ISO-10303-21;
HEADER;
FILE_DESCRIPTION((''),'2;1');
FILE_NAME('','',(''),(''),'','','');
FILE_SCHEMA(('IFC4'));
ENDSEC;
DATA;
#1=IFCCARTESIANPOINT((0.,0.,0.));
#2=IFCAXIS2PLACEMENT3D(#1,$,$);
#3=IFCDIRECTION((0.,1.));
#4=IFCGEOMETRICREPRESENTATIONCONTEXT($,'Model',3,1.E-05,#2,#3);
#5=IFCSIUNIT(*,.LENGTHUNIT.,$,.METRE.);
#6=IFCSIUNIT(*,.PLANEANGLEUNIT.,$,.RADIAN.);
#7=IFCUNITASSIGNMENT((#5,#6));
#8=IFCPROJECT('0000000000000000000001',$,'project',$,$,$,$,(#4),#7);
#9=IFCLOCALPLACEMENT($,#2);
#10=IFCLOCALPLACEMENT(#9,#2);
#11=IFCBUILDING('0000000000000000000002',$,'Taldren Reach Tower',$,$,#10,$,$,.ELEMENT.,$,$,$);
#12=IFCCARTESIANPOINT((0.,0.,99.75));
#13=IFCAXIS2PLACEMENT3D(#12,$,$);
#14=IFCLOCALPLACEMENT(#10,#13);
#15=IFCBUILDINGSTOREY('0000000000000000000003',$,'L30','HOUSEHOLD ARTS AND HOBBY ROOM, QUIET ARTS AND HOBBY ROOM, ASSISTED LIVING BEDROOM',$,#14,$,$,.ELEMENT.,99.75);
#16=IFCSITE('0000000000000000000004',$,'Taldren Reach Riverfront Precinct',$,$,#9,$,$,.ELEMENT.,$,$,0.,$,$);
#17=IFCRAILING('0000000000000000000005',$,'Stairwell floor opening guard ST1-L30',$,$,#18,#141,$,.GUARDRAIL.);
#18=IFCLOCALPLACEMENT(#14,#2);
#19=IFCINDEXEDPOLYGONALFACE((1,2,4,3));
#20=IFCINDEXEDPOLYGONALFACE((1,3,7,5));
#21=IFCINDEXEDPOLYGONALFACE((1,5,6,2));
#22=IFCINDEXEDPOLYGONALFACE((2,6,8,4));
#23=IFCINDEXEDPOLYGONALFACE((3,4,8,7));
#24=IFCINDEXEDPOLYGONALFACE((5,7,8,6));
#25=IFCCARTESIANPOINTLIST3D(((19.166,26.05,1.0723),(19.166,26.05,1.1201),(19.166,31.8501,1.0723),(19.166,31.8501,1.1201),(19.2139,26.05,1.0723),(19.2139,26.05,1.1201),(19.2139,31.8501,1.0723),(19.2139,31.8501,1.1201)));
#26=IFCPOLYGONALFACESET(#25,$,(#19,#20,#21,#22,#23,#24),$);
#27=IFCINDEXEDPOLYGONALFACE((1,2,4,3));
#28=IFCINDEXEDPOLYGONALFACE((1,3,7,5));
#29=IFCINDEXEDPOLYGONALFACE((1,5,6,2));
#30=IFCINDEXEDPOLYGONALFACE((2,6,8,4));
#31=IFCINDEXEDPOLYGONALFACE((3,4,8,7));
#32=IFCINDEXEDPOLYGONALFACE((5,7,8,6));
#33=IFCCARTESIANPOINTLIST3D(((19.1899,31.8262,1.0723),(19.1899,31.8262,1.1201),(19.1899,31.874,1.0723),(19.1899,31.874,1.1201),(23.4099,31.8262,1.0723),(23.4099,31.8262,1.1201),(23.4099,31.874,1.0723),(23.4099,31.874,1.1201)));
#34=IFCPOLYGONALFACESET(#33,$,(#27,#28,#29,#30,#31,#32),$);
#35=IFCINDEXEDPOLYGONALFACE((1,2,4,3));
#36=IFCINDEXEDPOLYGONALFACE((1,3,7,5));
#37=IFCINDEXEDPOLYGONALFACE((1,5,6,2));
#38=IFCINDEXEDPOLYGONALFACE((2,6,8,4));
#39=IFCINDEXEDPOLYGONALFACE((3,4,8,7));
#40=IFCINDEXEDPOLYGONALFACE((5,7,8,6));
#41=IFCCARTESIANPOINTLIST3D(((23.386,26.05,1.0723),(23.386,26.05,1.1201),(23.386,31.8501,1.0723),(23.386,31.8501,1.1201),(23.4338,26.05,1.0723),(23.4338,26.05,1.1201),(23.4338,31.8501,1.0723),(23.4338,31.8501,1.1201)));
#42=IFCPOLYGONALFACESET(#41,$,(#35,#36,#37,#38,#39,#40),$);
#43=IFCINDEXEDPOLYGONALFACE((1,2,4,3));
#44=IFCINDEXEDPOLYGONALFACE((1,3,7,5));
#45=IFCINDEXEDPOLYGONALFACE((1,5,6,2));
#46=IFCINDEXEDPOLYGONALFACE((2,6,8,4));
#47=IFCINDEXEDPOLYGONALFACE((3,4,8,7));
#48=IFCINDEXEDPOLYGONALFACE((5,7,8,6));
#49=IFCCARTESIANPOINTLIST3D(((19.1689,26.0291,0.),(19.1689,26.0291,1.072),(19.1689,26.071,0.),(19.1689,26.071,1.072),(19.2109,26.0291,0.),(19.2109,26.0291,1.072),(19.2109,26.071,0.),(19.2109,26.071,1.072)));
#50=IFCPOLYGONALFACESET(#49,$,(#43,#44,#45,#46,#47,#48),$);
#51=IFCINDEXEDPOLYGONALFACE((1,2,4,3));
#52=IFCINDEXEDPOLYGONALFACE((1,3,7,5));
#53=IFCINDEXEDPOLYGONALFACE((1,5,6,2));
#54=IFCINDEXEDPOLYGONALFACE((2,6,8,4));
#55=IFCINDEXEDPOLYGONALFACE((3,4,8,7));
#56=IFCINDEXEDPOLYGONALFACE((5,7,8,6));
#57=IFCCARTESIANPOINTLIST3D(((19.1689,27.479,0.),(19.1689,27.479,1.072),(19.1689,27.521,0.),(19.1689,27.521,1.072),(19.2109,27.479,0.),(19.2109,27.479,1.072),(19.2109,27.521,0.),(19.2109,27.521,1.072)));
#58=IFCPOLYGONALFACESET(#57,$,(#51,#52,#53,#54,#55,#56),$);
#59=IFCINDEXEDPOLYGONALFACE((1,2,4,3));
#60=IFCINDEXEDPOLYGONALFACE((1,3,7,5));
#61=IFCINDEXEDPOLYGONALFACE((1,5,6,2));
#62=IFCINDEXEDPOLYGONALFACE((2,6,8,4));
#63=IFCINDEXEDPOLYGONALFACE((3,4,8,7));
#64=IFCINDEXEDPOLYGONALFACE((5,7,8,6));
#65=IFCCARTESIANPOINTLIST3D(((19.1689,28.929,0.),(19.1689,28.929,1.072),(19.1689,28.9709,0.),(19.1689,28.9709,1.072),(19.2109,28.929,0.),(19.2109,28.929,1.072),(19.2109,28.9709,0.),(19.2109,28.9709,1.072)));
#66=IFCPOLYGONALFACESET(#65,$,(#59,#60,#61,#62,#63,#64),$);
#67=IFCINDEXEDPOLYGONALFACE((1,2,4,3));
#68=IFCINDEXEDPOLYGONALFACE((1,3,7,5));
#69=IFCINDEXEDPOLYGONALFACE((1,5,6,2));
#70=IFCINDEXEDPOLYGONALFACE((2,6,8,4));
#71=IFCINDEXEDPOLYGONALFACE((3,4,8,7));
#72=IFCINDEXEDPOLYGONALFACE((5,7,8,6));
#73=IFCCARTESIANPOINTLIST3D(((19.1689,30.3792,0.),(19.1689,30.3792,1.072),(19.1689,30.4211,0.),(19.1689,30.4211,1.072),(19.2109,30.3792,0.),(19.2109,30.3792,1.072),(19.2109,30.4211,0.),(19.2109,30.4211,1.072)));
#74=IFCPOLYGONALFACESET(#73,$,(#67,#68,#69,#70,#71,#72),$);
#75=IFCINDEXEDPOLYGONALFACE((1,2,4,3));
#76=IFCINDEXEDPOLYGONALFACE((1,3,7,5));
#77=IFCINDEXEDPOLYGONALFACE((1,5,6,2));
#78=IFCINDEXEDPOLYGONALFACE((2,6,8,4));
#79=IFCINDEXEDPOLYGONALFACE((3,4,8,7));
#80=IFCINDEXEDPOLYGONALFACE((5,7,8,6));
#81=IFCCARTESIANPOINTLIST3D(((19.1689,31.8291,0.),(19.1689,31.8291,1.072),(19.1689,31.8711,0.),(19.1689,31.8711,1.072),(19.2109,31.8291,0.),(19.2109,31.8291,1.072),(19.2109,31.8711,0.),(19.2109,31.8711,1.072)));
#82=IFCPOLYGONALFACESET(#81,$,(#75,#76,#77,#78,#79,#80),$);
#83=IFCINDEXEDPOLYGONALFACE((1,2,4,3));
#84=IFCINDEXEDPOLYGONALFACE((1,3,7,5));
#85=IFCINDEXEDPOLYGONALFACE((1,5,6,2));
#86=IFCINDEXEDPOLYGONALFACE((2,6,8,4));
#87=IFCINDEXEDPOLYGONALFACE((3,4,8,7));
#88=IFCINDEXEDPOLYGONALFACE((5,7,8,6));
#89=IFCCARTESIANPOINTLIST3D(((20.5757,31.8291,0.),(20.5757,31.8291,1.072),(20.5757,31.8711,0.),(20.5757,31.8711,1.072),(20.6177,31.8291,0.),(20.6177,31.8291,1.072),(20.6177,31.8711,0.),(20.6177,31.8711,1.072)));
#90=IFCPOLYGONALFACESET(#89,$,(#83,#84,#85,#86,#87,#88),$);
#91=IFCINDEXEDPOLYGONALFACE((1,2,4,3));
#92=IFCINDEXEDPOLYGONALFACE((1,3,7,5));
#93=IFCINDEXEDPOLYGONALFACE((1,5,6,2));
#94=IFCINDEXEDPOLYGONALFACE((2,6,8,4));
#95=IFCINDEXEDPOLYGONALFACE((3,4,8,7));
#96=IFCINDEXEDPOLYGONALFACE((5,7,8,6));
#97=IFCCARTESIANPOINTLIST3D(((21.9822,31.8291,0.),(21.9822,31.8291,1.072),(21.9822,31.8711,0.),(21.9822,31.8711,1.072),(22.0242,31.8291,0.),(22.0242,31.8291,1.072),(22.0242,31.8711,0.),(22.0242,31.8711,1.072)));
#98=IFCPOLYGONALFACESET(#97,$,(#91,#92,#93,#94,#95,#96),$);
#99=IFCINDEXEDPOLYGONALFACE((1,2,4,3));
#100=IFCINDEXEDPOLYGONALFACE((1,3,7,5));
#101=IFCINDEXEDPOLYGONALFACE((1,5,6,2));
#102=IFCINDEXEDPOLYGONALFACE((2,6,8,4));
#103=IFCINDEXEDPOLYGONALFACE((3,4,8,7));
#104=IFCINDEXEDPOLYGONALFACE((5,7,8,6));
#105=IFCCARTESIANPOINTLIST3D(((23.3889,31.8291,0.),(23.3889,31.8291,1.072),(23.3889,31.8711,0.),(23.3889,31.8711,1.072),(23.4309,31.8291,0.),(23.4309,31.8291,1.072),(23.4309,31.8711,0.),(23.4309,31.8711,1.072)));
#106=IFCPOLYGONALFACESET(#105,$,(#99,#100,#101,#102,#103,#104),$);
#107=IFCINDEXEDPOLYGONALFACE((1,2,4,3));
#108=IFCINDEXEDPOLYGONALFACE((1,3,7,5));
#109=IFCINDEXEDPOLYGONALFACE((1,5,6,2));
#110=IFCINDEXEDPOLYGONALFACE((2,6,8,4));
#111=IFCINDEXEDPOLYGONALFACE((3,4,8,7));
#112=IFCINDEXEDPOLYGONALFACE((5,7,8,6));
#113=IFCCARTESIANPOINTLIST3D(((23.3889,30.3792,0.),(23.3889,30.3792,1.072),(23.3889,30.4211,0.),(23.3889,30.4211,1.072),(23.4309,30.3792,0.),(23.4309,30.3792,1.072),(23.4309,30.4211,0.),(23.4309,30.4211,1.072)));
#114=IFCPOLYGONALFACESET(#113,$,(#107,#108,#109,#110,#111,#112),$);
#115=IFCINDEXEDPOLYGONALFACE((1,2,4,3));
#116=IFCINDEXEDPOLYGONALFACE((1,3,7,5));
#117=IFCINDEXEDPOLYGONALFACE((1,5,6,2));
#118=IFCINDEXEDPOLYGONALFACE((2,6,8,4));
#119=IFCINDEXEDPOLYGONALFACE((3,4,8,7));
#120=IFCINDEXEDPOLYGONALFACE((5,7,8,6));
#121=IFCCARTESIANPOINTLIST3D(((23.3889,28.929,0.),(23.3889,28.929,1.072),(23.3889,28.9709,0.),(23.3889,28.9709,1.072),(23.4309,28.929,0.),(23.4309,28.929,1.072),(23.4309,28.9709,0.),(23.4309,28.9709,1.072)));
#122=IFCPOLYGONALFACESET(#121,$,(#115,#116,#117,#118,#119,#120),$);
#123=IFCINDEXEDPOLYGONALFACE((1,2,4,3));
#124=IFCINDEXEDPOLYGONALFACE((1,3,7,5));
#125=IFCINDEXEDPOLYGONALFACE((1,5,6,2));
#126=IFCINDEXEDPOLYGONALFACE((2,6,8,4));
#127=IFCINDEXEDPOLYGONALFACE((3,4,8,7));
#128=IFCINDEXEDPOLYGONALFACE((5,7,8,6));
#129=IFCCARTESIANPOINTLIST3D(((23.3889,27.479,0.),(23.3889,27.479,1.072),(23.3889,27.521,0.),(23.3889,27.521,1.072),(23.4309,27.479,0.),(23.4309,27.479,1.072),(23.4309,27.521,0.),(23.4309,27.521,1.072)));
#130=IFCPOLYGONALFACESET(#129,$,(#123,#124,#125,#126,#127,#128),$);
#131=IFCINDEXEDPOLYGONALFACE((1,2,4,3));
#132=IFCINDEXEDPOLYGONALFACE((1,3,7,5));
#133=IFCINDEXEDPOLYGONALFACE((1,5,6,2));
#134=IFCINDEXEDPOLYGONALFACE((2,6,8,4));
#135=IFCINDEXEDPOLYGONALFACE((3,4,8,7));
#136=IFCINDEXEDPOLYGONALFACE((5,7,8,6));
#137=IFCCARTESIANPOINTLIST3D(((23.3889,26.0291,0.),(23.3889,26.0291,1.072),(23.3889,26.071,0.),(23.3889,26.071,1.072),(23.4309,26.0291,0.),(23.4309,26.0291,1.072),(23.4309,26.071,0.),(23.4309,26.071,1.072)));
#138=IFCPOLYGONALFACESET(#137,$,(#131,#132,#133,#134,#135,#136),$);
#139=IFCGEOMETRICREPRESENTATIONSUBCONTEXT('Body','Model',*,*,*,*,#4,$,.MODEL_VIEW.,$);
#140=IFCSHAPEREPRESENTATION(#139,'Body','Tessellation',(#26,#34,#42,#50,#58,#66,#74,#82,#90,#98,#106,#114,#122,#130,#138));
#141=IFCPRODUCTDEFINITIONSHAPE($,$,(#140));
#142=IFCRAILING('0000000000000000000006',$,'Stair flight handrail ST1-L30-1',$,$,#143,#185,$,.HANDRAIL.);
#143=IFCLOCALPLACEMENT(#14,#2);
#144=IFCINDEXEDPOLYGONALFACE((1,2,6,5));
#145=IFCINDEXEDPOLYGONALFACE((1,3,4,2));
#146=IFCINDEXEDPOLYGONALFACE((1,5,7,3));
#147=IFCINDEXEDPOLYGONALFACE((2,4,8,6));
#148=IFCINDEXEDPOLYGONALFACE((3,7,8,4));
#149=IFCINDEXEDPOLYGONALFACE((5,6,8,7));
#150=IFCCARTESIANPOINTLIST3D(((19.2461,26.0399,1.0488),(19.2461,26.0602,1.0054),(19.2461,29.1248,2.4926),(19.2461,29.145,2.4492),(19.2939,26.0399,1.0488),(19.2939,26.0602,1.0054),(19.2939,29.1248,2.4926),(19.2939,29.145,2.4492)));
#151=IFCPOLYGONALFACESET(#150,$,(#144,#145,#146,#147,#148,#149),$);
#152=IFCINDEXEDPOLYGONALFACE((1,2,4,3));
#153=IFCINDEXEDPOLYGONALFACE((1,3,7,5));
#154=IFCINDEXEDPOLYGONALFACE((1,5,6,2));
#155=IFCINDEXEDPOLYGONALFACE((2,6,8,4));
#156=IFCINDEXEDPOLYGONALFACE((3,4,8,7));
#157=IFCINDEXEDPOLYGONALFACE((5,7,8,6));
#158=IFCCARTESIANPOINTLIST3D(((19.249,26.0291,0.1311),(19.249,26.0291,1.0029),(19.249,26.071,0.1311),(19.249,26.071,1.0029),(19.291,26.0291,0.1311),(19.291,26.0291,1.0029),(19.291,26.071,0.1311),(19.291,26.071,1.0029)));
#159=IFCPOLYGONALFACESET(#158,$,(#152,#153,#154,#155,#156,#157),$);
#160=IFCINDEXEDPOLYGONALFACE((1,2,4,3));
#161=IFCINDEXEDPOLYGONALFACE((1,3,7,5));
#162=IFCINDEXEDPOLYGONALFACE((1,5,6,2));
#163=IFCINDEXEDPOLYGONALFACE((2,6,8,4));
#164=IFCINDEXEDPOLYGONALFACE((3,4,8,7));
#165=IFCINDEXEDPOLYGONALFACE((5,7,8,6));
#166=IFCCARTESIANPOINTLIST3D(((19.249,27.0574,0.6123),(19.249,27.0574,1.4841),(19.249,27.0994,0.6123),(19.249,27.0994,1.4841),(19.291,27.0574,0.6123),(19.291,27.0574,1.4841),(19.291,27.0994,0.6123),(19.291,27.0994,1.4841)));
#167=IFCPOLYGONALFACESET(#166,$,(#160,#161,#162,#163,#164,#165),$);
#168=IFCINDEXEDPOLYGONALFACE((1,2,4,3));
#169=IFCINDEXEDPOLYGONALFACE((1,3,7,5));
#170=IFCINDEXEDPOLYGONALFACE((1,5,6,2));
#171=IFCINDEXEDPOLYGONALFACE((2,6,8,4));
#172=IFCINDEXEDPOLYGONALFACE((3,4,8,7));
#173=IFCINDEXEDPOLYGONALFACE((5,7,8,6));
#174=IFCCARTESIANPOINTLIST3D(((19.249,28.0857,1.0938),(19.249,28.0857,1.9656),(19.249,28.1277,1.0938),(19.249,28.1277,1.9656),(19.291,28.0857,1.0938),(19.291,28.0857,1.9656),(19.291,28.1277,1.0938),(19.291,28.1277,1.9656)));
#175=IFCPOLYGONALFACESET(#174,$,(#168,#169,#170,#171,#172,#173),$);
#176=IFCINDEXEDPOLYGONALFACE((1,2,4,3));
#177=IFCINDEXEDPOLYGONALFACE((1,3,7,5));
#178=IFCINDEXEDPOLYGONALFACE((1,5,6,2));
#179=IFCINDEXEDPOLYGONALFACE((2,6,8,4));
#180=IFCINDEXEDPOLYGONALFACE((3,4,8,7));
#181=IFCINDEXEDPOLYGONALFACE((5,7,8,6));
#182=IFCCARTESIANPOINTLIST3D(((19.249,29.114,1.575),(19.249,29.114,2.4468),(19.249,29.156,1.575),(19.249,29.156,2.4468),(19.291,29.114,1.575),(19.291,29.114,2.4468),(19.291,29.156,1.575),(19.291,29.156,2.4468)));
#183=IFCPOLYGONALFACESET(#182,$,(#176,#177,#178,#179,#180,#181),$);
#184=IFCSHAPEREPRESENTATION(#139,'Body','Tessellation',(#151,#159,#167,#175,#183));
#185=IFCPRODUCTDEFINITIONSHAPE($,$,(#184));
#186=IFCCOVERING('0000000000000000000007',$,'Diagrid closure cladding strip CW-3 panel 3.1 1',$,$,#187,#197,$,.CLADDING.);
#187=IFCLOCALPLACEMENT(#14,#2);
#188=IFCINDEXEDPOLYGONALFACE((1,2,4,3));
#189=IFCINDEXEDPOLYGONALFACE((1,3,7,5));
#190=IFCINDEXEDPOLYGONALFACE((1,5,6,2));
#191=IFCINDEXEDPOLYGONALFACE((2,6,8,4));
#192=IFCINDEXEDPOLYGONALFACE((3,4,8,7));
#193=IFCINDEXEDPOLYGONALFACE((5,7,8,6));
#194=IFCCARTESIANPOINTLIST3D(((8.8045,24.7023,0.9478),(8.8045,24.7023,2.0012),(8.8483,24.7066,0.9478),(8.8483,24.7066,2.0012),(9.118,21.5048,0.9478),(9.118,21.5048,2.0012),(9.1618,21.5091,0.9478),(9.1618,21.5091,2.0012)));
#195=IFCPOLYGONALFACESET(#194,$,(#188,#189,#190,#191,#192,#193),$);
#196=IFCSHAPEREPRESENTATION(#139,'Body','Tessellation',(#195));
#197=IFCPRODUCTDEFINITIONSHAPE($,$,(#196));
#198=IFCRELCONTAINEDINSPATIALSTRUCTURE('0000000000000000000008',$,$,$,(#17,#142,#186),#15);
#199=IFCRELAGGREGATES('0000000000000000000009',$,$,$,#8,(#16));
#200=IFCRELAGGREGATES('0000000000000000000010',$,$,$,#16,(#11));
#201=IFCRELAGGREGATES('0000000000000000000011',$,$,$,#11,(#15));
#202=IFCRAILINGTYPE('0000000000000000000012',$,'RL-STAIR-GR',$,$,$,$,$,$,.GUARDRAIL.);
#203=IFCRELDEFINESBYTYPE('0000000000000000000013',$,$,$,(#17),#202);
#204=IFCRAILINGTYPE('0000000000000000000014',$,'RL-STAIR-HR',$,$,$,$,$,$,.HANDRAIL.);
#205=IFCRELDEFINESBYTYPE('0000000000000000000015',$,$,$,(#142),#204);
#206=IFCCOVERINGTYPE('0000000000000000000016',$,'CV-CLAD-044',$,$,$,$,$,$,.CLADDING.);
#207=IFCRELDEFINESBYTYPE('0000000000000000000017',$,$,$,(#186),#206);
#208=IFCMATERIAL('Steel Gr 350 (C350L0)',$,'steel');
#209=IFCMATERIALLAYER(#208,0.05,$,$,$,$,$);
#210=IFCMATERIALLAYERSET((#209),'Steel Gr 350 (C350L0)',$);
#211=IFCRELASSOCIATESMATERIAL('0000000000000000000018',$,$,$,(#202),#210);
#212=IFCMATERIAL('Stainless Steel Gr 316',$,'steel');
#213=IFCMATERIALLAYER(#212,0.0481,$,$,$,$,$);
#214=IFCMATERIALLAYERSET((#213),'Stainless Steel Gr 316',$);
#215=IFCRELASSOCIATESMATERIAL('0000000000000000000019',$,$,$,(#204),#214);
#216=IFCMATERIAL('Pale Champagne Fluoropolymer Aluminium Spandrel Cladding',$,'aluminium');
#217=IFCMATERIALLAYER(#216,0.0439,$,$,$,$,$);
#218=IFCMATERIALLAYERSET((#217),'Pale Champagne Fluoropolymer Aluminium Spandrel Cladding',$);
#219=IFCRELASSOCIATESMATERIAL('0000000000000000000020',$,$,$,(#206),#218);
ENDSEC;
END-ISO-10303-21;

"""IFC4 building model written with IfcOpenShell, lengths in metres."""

from ifc_helpers import new_model, si_unit, direction, frame, origin, origin_2d, place, context, subcontext, project, spatial, rectangle, extrude, source, transform, mapped, material, layer, layer_set, type_object, element, save


model = new_model("IFC4")

# Units and contexts
model_context = context("Model", 3, precision=1e-05, world=origin(), true_north=direction((0.0, 1.0)))
body_context = subcontext(model_context, "Body", "Model", "MODEL_VIEW")
ifc_project = project(units=[si_unit("LENGTHUNIT", "METRE"), si_unit("PLANEANGLEUNIT", "RADIAN")], contexts=[model_context])

# Site, building, storey
site_placement = place(None, origin())
site = spatial("IfcSite", under=ifc_project, at=site_placement, Name="Taldren Reach Riverfront Precinct", CompositionType="ELEMENT", RefElevation=0.0)
building_placement = place(site_placement, origin())
building = spatial("IfcBuilding", under=site, at=building_placement, Name="Taldren Reach Tower", CompositionType="ELEMENT")
storey_placement = place(building_placement, frame((0.0, 0.0, 99.75)))
storey = spatial("IfcBuildingStorey", under=building, at=storey_placement, Name="L30", Description="HOUSEHOLD ARTS AND HOBBY ROOM, QUIET ARTS AND HOBBY ROOM, ASSISTED LIVING BEDROOM", CompositionType="ELEMENT", Elevation=99.75)

# Shared definitions
ifc_material_1 = material(Name="Steel Gr 350 (C350L0)", Category="steel")

# Railings
ifc_layer_1 = layer(ifc_material_1, 0.05)
ifc_layer_set_1 = layer_set([ifc_layer_1], Name="Steel Gr 350 (C350L0)")
railing_type_1 = type_object("IfcRailingType", Name="RL-STAIR-GR", PredefinedType="GUARDRAIL", material=ifc_layer_set_1)
railing_1_placement = place(storey_placement, frame((19.1899, 26.05, 0.0)))
element("IfcRailing", 1, at=railing_1_placement, inside=storey, type_object=railing_type_1, Name="Stairwell floor opening guard ST1-L30", PredefinedType="GUARDRAIL", context=body_context, shape_type="SweptSolid", body=[
    extrude(rectangle(XDim=0.0479, YDim=0.0479, at=origin_2d()), frame((0.0, 0.0, 1.0962), z_axis=(0.0, 1.0, 0.0), x_axis=(-1.0, 0.0, 0.0)), (0.0, 0.0, 1.0), 5.8),
    extrude(rectangle(XDim=0.0479, YDim=0.0479, at=origin_2d()), frame((0.0, 5.8, 1.0962), z_axis=(1.0, 0.0, 0.0), x_axis=(0.0, 1.0, 0.0)), (0.0, 0.0, 1.0), 4.22),
    extrude(rectangle(XDim=0.0479, YDim=0.0479, at=origin_2d()), frame((4.22, 5.8, 1.0962), z_axis=(0.0, -1.0, 0.0), x_axis=(1.0, 0.0, 0.0)), (0.0, 0.0, 1.0), 5.8),
    extrude(rectangle(XDim=0.042, YDim=0.042, at=origin_2d()), origin(), (0.0, 0.0, 1.0), 1.072),
    extrude(rectangle(XDim=0.042, YDim=0.042, at=origin_2d()), frame((0.0, 1.45, 0.0)), (0.0, 0.0, 1.0), 1.072),
    extrude(rectangle(XDim=0.042, YDim=0.042, at=origin_2d()), frame((0.0, 2.8999, 0.0)), (0.0, 0.0, 1.0), 1.072),
    extrude(rectangle(XDim=0.042, YDim=0.042, at=origin_2d()), frame((0.0, 4.3501, 0.0)), (0.0, 0.0, 1.0), 1.072),
    extrude(rectangle(XDim=0.042, YDim=0.042, at=origin_2d()), frame((0.0, 5.8, 0.0)), (0.0, 0.0, 1.0), 1.072),
    extrude(rectangle(XDim=0.042, YDim=0.042, at=origin_2d()), frame((1.4067, 5.8, 0.0)), (0.0, 0.0, 1.0), 1.072),
    extrude(rectangle(XDim=0.042, YDim=0.042, at=origin_2d()), frame((2.8132, 5.8, 0.0)), (0.0, 0.0, 1.0), 1.072),
    extrude(rectangle(XDim=0.042, YDim=0.042, at=origin_2d()), frame((4.22, 5.8, 0.0)), (0.0, 0.0, 1.0), 1.072),
    extrude(rectangle(XDim=0.042, YDim=0.042, at=origin_2d()), frame((4.22, 4.3501, 0.0)), (0.0, 0.0, 1.0), 1.072),
    extrude(rectangle(XDim=0.042, YDim=0.042, at=origin_2d()), frame((4.22, 2.8999, 0.0)), (0.0, 0.0, 1.0), 1.072),
    extrude(rectangle(XDim=0.042, YDim=0.042, at=origin_2d()), frame((4.22, 1.45, 0.0)), (0.0, 0.0, 1.0), 1.072),
    extrude(rectangle(XDim=0.042, YDim=0.042, at=origin_2d()), frame((4.22, 0.0, 0.0)), (0.0, 0.0, 1.0), 1.072),
])
ifc_material_2 = material(Name="Stainless Steel Gr 316", Category="steel")
ifc_layer_2 = layer(ifc_material_2, 0.0481)
ifc_layer_set_2 = layer_set([ifc_layer_2], Name="Stainless Steel Gr 316")
railing_type_2 = type_object("IfcRailingType", Name="RL-STAIR-HR", PredefinedType="HANDRAIL", material=ifc_layer_set_2)
railing_2_placement = place(storey_placement, frame((19.27, 26.05, 0.1311)))
element("IfcRailing", 2, at=railing_2_placement, inside=storey, type_object=railing_type_2, Name="Stair flight handrail ST1-L30-1", PredefinedType="HANDRAIL", context=body_context, shape_type="SweptSolid", body=[
    extrude(rectangle(XDim=0.0479, YDim=0.0479, at=origin_2d()), frame((0.0, 0.0, 0.896), z_axis=(0.0, 0.90571, 0.423898), x_axis=(-1.0, 0.0, 0.0)), (0.0, 0.0, 1.0), 3.406),
    extrude(rectangle(XDim=0.042, YDim=0.042, at=origin_2d()), origin(), (0.0, 0.0, 1.0), 0.8718),
    extrude(rectangle(XDim=0.042, YDim=0.042, at=origin_2d()), frame((0.0, 1.0283, 0.4812)), (0.0, 0.0, 1.0), 0.8718),
    extrude(rectangle(XDim=0.042, YDim=0.042, at=origin_2d()), frame((0.0, 2.0566, 0.9626)), (0.0, 0.0, 1.0), 0.8718),
    extrude(rectangle(XDim=0.042, YDim=0.042, at=origin_2d()), frame((0.0, 3.085, 1.4438)), (0.0, 0.0, 1.0), 0.8718),
])

# Covering
ifc_material_3 = material(Name="Pale Champagne Fluoropolymer Aluminium Spandrel Cladding", Category="aluminium")
ifc_layer_3 = layer(ifc_material_3, 0.0439)
ifc_layer_set_3 = layer_set([ifc_layer_3], Name="Pale Champagne Fluoropolymer Aluminium Spandrel Cladding")
covering_type = type_object("IfcCoveringType", Name="CV-CLAD-044", PredefinedType="CLADDING", material=ifc_layer_set_3)
shared_shape_1 = source(origin(), body_context, "Body", "SweptSolid", [
    extrude(rectangle(XDim=3.2129, YDim=0.0439, at=origin_2d()), origin(), (0.0, 0.0, 1.0), 1.0535),
])
covering_placement = place(storey_placement, frame((8.9832, 23.1057, 0.9478), z_axis=(0.0, 0.0, 1.0), x_axis=(0.097583, -0.995227, 0.0)))
element("IfcCovering", 3, at=covering_placement, inside=storey, type_object=covering_type, Name="Diagrid closure cladding strip CW-3 panel 3.1 1", PredefinedType="CLADDING", context=body_context, shape_type="MappedRepresentation", body=[
    mapped(shared_shape_1, transform((0.0, 0.0, 0.0), scale=1.0)),
])

save(model, "model.ifc")
